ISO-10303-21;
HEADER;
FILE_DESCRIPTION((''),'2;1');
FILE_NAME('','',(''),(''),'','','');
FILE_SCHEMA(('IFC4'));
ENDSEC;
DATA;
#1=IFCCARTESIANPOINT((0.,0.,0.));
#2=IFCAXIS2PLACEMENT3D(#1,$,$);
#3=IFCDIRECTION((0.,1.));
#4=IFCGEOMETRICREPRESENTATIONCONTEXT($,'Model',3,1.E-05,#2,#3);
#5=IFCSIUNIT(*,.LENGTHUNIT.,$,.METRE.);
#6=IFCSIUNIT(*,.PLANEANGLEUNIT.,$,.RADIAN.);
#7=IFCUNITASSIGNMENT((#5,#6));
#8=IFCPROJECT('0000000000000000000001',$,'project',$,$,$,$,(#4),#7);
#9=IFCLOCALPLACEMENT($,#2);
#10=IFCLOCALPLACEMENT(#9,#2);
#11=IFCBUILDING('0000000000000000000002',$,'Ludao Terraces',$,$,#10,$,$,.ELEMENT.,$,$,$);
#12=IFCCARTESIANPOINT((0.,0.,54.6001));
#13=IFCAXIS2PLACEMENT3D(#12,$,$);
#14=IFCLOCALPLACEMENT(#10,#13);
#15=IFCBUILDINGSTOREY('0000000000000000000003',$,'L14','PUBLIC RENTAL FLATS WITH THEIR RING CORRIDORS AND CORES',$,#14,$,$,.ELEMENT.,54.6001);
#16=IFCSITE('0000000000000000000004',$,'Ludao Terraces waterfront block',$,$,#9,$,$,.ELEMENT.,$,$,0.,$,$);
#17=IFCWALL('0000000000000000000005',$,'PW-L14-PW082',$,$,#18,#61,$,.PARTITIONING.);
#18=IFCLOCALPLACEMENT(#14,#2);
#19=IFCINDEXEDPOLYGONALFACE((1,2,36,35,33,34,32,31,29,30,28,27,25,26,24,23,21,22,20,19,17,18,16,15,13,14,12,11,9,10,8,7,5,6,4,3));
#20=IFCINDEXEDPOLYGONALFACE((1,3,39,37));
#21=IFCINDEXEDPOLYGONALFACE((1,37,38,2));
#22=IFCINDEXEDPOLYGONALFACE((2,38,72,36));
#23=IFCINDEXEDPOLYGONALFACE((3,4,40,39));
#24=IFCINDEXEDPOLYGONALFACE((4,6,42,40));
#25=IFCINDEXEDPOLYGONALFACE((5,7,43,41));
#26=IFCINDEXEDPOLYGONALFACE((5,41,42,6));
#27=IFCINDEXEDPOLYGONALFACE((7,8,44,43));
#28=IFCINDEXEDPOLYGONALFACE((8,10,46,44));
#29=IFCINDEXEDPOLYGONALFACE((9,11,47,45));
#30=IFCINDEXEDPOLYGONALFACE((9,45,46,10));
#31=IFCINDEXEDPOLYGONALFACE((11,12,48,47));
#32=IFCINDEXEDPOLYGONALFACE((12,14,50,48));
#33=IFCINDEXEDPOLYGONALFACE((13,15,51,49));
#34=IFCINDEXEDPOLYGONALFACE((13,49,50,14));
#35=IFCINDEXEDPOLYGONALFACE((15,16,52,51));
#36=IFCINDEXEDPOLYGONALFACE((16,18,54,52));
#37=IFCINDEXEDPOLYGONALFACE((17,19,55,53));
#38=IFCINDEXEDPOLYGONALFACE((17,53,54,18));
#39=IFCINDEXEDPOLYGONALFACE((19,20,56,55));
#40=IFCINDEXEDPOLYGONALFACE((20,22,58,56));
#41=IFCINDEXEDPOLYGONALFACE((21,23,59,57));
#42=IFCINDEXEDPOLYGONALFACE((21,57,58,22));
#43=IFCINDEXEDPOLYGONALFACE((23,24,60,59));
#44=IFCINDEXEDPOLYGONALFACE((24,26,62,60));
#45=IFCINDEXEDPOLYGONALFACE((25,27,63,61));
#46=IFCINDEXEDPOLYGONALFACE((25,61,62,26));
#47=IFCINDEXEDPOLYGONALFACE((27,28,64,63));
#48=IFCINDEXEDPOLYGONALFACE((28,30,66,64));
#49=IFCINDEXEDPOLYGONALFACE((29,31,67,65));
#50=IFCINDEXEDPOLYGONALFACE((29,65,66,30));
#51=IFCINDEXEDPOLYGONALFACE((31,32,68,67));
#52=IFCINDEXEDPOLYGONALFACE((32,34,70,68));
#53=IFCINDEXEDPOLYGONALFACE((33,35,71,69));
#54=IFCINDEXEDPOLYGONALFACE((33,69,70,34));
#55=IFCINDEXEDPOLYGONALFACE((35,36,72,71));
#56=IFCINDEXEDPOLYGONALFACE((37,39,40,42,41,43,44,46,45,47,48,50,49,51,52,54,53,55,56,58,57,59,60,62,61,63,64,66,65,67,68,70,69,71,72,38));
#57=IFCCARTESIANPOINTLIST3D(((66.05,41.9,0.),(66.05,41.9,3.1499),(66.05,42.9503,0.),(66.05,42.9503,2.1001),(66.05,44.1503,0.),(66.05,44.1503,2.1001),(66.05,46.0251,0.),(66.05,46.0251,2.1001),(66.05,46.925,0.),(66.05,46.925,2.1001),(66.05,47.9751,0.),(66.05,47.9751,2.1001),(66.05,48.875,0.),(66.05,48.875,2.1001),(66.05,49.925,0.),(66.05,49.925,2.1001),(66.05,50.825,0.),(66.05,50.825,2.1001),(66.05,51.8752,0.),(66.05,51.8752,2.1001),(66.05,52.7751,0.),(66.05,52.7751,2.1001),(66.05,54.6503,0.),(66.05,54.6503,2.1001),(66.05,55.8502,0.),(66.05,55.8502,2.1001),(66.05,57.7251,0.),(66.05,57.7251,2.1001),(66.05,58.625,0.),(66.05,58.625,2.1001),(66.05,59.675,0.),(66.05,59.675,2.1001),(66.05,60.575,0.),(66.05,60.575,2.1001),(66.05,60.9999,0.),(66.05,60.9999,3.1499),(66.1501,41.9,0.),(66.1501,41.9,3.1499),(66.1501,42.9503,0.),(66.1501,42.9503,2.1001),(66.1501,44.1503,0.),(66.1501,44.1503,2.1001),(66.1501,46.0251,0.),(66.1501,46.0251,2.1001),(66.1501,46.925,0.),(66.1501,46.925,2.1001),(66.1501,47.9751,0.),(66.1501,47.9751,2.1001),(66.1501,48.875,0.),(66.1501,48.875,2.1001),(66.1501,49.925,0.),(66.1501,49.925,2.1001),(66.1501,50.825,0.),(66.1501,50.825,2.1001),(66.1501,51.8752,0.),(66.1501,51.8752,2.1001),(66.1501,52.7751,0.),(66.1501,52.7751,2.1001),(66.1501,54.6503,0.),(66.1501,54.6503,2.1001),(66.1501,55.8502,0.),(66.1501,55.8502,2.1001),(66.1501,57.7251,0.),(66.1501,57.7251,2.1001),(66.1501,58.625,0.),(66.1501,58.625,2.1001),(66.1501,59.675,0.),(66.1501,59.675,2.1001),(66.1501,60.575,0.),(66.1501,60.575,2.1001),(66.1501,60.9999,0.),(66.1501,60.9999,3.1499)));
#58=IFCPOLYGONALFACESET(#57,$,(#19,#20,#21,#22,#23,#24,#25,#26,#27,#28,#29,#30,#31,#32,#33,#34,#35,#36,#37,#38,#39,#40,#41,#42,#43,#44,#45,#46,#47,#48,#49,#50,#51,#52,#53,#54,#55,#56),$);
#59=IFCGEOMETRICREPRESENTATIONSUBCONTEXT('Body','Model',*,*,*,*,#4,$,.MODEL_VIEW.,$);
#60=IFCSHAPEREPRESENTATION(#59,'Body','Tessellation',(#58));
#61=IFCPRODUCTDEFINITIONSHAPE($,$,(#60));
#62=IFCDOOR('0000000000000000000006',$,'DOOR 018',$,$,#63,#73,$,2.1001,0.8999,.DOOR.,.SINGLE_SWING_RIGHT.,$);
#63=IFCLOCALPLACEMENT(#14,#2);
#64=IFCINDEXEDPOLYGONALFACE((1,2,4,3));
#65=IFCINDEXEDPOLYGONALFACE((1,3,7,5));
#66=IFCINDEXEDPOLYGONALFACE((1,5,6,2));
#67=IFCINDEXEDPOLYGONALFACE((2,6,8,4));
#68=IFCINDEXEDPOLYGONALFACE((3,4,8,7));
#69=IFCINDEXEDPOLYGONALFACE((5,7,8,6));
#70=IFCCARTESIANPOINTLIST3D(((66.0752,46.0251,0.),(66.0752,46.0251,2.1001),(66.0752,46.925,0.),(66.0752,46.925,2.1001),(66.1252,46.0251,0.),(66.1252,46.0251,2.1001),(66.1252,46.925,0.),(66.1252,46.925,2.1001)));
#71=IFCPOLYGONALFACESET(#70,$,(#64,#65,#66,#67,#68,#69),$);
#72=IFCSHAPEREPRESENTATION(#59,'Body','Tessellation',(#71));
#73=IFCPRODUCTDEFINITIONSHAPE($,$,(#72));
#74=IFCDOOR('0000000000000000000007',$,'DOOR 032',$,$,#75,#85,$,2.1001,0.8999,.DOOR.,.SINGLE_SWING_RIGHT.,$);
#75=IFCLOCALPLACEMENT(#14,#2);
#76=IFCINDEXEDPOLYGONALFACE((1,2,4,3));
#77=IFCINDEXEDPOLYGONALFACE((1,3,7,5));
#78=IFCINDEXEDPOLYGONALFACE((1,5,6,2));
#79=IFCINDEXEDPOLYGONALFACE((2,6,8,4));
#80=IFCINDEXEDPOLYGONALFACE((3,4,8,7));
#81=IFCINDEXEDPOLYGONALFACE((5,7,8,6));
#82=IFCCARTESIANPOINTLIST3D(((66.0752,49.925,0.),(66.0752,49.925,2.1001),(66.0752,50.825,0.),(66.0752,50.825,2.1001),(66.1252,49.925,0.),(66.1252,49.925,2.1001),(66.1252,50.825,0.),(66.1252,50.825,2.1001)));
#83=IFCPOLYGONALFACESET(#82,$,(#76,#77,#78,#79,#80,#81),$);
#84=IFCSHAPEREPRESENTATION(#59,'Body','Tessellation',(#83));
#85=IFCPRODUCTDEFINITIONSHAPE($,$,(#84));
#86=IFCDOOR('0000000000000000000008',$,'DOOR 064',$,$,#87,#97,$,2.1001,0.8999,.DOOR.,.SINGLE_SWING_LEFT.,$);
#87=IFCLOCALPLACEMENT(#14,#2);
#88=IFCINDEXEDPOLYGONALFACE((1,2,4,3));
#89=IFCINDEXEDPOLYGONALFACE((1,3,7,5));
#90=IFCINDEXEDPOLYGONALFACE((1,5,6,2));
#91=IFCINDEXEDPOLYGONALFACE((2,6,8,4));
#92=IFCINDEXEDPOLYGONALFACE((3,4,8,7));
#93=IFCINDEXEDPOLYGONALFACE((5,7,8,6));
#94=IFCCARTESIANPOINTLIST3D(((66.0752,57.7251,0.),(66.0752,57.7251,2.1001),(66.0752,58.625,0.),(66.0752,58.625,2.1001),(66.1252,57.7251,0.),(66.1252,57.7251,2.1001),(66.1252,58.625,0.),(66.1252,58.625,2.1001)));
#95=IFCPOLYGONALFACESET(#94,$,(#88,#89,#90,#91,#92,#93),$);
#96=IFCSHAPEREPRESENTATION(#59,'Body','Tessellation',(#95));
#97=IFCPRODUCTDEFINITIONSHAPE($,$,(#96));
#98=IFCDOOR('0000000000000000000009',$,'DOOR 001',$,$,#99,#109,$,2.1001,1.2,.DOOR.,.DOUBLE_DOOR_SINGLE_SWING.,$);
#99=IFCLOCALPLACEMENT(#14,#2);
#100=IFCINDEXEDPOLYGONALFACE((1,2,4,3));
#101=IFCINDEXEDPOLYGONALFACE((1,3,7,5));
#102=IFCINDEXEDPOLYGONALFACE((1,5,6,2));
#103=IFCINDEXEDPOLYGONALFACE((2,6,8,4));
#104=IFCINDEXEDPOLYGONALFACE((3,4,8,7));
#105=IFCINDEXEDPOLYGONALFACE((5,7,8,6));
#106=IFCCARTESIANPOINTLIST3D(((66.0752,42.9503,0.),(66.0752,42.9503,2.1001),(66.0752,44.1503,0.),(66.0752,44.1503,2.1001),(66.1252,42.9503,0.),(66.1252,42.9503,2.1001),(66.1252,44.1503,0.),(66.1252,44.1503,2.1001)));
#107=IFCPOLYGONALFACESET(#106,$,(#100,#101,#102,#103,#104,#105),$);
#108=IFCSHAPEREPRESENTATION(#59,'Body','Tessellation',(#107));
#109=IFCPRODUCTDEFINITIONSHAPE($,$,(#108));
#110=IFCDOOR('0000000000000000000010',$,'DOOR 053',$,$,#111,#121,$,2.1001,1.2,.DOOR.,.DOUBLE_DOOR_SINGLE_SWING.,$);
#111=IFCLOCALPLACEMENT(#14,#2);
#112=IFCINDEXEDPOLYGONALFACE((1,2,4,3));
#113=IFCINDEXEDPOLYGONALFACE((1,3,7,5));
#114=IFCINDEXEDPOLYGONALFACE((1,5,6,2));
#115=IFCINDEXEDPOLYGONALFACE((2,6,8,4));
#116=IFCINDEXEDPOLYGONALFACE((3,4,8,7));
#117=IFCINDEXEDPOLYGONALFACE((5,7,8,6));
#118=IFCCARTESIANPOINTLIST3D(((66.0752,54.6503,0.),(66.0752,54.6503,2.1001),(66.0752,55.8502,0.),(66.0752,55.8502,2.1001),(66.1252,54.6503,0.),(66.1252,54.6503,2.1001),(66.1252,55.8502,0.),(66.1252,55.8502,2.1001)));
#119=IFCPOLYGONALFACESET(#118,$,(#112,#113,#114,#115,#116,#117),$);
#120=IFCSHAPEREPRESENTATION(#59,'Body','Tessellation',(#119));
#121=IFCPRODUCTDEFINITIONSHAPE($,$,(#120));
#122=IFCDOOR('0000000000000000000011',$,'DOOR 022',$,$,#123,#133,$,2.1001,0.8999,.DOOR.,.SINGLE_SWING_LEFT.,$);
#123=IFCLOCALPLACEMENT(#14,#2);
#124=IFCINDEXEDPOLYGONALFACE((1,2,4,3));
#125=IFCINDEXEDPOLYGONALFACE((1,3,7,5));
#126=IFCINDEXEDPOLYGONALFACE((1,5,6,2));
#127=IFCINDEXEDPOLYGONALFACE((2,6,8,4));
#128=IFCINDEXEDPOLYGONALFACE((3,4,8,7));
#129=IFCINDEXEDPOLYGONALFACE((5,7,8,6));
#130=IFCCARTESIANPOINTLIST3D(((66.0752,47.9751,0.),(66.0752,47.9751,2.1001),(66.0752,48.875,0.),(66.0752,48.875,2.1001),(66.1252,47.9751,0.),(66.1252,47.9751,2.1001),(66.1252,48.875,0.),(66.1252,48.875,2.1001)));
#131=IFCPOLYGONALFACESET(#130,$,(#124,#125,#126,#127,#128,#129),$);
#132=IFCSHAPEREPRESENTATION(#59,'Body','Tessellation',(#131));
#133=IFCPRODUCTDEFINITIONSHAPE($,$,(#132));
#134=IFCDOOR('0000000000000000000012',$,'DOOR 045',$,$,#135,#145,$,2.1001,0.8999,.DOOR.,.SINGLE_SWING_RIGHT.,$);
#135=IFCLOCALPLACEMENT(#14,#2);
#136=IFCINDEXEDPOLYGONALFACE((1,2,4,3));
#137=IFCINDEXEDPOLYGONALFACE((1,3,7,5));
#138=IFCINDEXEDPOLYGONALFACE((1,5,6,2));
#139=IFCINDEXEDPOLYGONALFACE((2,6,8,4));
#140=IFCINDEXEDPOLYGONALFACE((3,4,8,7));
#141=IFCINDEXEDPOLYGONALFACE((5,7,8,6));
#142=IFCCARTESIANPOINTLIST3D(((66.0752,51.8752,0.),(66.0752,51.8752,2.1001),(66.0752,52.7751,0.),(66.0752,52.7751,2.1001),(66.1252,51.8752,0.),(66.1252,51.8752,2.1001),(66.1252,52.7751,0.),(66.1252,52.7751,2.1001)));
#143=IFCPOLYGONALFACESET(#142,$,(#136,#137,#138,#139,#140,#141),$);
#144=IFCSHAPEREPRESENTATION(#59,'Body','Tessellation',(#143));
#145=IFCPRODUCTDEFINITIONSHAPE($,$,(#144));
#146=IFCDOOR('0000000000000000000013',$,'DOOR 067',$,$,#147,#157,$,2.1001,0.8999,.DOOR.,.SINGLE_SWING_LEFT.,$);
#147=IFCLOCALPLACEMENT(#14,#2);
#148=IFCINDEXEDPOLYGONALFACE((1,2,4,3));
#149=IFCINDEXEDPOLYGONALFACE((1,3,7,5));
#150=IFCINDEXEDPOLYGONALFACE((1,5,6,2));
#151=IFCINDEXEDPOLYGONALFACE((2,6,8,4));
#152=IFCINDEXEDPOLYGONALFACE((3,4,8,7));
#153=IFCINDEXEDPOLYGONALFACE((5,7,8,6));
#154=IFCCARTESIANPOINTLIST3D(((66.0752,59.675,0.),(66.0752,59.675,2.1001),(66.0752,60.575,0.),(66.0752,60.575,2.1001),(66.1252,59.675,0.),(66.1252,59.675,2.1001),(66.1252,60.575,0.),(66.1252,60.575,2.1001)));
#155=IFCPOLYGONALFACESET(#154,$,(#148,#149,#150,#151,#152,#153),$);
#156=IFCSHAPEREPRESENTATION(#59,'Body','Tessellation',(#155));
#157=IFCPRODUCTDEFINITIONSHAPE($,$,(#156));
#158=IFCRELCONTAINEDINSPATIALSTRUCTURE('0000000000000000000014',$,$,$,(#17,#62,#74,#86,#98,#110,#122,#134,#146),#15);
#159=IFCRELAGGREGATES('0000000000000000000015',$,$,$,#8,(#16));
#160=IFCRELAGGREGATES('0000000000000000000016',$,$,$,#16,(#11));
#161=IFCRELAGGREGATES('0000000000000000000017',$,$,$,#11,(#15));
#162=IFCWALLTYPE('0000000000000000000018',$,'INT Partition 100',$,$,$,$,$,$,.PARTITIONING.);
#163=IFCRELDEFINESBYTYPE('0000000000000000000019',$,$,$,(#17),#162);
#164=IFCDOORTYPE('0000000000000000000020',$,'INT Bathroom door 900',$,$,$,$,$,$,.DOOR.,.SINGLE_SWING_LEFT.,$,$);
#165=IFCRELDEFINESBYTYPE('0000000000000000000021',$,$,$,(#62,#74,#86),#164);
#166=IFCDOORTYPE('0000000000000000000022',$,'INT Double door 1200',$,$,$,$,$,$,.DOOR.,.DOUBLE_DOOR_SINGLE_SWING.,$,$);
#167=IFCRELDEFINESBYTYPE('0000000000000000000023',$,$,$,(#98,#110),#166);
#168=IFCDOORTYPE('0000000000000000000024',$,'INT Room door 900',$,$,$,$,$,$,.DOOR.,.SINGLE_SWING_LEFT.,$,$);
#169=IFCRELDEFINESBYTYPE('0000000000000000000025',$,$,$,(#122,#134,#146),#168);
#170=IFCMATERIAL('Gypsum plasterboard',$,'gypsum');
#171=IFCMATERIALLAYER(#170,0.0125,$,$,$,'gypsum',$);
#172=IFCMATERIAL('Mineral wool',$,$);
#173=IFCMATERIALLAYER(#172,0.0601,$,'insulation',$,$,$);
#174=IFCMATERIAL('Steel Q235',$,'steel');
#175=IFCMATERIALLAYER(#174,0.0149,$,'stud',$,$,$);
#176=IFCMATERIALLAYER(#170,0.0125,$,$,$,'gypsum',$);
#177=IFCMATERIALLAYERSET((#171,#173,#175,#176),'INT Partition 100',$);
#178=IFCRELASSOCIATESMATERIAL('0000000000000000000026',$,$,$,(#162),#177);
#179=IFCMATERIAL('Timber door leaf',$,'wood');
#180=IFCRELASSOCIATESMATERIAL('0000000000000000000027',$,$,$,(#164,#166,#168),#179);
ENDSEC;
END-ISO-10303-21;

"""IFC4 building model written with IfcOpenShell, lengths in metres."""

from ifc_helpers import new_model, si_unit, direction, frame, frame_2d, origin, place, context, subcontext, project, spatial, rectangle, extrude, material, layer, layer_set, type_object, element, fill, save


model = new_model("IFC4")

# Units and contexts
model_context = context("Model", 3, precision=1e-05, world=origin(), true_north=direction((0.0, 1.0)))
body_context = subcontext(model_context, "Body", "Model", "MODEL_VIEW")
ifc_project = project(units=[si_unit("LENGTHUNIT", "METRE"), si_unit("PLANEANGLEUNIT", "RADIAN")], contexts=[model_context])

# Site, building, storey
site_placement = place(None, origin())
site = spatial("IfcSite", under=ifc_project, at=site_placement, Name="Ludao Terraces waterfront block", CompositionType="ELEMENT", RefElevation=0.0)
building_placement = place(site_placement, origin())
building = spatial("IfcBuilding", under=site, at=building_placement, Name="Ludao Terraces", CompositionType="ELEMENT")
storey_placement = place(building_placement, frame((0.0, 0.0, 54.6001)))
storey = spatial("IfcBuildingStorey", under=building, at=storey_placement, Name="L14", Description="PUBLIC RENTAL FLATS WITH THEIR RING CORRIDORS AND CORES", CompositionType="ELEMENT", Elevation=54.6001)

# Wall, openings, doors
ifc_material_1 = material(Name="Gypsum plasterboard", Category="gypsum")
ifc_layer_1 = layer(ifc_material_1, 0.0125, Category="gypsum")
ifc_material_2 = material(Name="Mineral wool")
ifc_layer_2 = layer(ifc_material_2, 0.0601, Name="insulation")
ifc_material_3 = material(Name="Steel Q235", Category="steel")
ifc_layer_3 = layer(ifc_material_3, 0.0149, Name="stud")
ifc_layer_4 = layer(ifc_material_1, 0.0125, Category="gypsum")
ifc_layer_set = layer_set([ifc_layer_1, ifc_layer_2, ifc_layer_3, ifc_layer_4], Name="INT Partition 100")
wall_type = type_object("IfcWallType", Name="INT Partition 100", PredefinedType="PARTITIONING", material=ifc_layer_set)
wall_1_placement = place(storey_placement, frame((66.1001, 41.9001, 0.0), z_axis=(0.0, 0.0, 1.0), x_axis=(0.0, 1.0, 0.0)))
wall_1 = element("IfcWall", 1, at=wall_1_placement, inside=storey, type_object=wall_type, Name="PW-L14-PW082", PredefinedType="PARTITIONING", context=body_context, shape_type="SweptSolid", body=[
    extrude(rectangle(XDim=19.0999, YDim=0.1001, at=frame_2d((9.5498, 0.0))), origin(), (0.0, 0.0, 1.0), 3.1499),
])
opening_1_placement = place(wall_1_placement, frame((1.05, 0.0, 0.0)))
opening_1 = element("IfcOpeningElement", 2, at=opening_1_placement, cuts=wall_1, PredefinedType="OPENING", context=body_context, shape_type="SweptSolid", body=[
    extrude(rectangle(XDim=1.2, YDim=2.1001, at=frame_2d((0.6001, 1.05))), frame((0.0, 0.0601, 0.0), z_axis=(0.0, -1.0, 0.0), x_axis=(1.0, 0.0, 0.0)), (0.0, 0.0, 1.0), 0.1201),
])
opening_2_placement = place(wall_1_placement, frame((4.125, 0.0, 0.0)))
opening_2 = element("IfcOpeningElement", 3, at=opening_2_placement, cuts=wall_1, PredefinedType="OPENING", context=body_context, shape_type="SweptSolid", body=[
    extrude(rectangle(XDim=0.8999, YDim=2.1001, at=frame_2d((0.45, 1.05))), frame((0.0, 0.0601, 0.0), z_axis=(0.0, -1.0, 0.0), x_axis=(1.0, 0.0, 0.0)), (0.0, 0.0, 1.0), 0.1201),
])
opening_3_placement = place(wall_1_placement, frame((6.075, 0.0, 0.0)))
opening_3 = element("IfcOpeningElement", 4, at=opening_3_placement, cuts=wall_1, PredefinedType="OPENING", context=body_context, shape_type="SweptSolid", body=[
    extrude(rectangle(XDim=0.8999, YDim=2.1001, at=frame_2d((0.45, 1.05))), frame((0.0, 0.0601, 0.0), z_axis=(0.0, -1.0, 0.0), x_axis=(1.0, 0.0, 0.0)), (0.0, 0.0, 1.0), 0.1201),
])
opening_4_placement = place(wall_1_placement, frame((8.0249, 0.0, 0.0)))
opening_4 = element("IfcOpeningElement", 5, at=opening_4_placement, cuts=wall_1, PredefinedType="OPENING", context=body_context, shape_type="SweptSolid", body=[
    extrude(rectangle(XDim=0.8999, YDim=2.1001, at=frame_2d((0.45, 1.05))), frame((0.0, 0.0601, 0.0), z_axis=(0.0, -1.0, 0.0), x_axis=(1.0, 0.0, 0.0)), (0.0, 0.0, 1.0), 0.1201),
])
opening_5_placement = place(wall_1_placement, frame((9.9751, 0.0, 0.0)))
opening_5 = element("IfcOpeningElement", 6, at=opening_5_placement, cuts=wall_1, PredefinedType="OPENING", context=body_context, shape_type="SweptSolid", body=[
    extrude(rectangle(XDim=0.8999, YDim=2.1001, at=frame_2d((0.45, 1.05))), frame((0.0, 0.0601, 0.0), z_axis=(0.0, -1.0, 0.0), x_axis=(1.0, 0.0, 0.0)), (0.0, 0.0, 1.0), 0.1201),
])
opening_6_placement = place(wall_1_placement, frame((12.75, 0.0, 0.0)))
opening_6 = element("IfcOpeningElement", 7, at=opening_6_placement, cuts=wall_1, PredefinedType="OPENING", context=body_context, shape_type="SweptSolid", body=[
    extrude(rectangle(XDim=1.2, YDim=2.1001, at=frame_2d((0.6001, 1.05))), frame((0.0, 0.0601, 0.0), z_axis=(0.0, -1.0, 0.0), x_axis=(1.0, 0.0, 0.0)), (0.0, 0.0, 1.0), 0.1201),
])
opening_7_placement = place(wall_1_placement, frame((15.825, 0.0, 0.0)))
opening_7 = element("IfcOpeningElement", 8, at=opening_7_placement, cuts=wall_1, PredefinedType="OPENING", context=body_context, shape_type="SweptSolid", body=[
    extrude(rectangle(XDim=0.8999, YDim=2.1001, at=frame_2d((0.45, 1.05))), frame((0.0, 0.0601, 0.0), z_axis=(0.0, -1.0, 0.0), x_axis=(1.0, 0.0, 0.0)), (0.0, 0.0, 1.0), 0.1201),
])
opening_8_placement = place(wall_1_placement, frame((17.7749, 0.0, 0.0)))
opening_8 = element("IfcOpeningElement", 9, at=opening_8_placement, cuts=wall_1, PredefinedType="OPENING", context=body_context, shape_type="SweptSolid", body=[
    extrude(rectangle(XDim=0.8999, YDim=2.1001, at=frame_2d((0.45, 1.05))), frame((0.0, 0.0601, 0.0), z_axis=(0.0, -1.0, 0.0), x_axis=(1.0, 0.0, 0.0)), (0.0, 0.0, 1.0), 0.1201),
])
ifc_material_4 = material(Name="Timber door leaf", Category="wood")
door_type_1 = type_object("IfcDoorType", Name="INT Bathroom door 900", OperationType="SINGLE_SWING_LEFT", PredefinedType="DOOR", material=ifc_material_4)
door_1_placement = place(opening_2_placement, origin())
door_1 = element("IfcDoor", 10, at=door_1_placement, inside=storey, type_object=door_type_1, Name="DOOR 018", OperationType="SINGLE_SWING_RIGHT", OverallHeight=2.1001, OverallWidth=0.8999, PredefinedType="DOOR", context=body_context, shape_type="SweptSolid", body=[
    extrude(rectangle(XDim=0.8999, YDim=2.1001, at=frame_2d((0.45, 1.05))), frame((0.0, 0.0249, 0.0), z_axis=(0.0, -1.0, 0.0), x_axis=(1.0, 0.0, 0.0)), (0.0, 0.0, 1.0), 0.05),
])
fill(opening_2, door_1)
door_2_placement = place(opening_4_placement, origin())
door_2 = element("IfcDoor", 11, at=door_2_placement, inside=storey, type_object=door_type_1, Name="DOOR 032", OperationType="SINGLE_SWING_RIGHT", OverallHeight=2.1001, OverallWidth=0.8999, PredefinedType="DOOR", context=body_context, shape_type="SweptSolid", body=[
    extrude(rectangle(XDim=0.8999, YDim=2.1001, at=frame_2d((0.45, 1.05))), frame((0.0, 0.0249, 0.0), z_axis=(0.0, -1.0, 0.0), x_axis=(1.0, 0.0, 0.0)), (0.0, 0.0, 1.0), 0.05),
])
fill(opening_4, door_2)
door_3_placement = place(opening_7_placement, origin())
door_3 = element("IfcDoor", 12, at=door_3_placement, inside=storey, type_object=door_type_1, Name="DOOR 064", OperationType="SINGLE_SWING_LEFT", OverallHeight=2.1001, OverallWidth=0.8999, PredefinedType="DOOR", context=body_context, shape_type="SweptSolid", body=[
    extrude(rectangle(XDim=0.8999, YDim=2.1001, at=frame_2d((0.45, 1.05))), frame((0.0, 0.0249, 0.0), z_axis=(0.0, -1.0, 0.0), x_axis=(1.0, 0.0, 0.0)), (0.0, 0.0, 1.0), 0.05),
])
fill(opening_7, door_3)
door_type_2 = type_object("IfcDoorType", Name="INT Double door 1200", OperationType="DOUBLE_DOOR_SINGLE_SWING", PredefinedType="DOOR", material=ifc_material_4)
door_4_placement = place(opening_1_placement, origin())
door_4 = element("IfcDoor", 13, at=door_4_placement, inside=storey, type_object=door_type_2, Name="DOOR 001", OperationType="DOUBLE_DOOR_SINGLE_SWING", OverallHeight=2.1001, OverallWidth=1.2, PredefinedType="DOOR", context=body_context, shape_type="SweptSolid", body=[
    extrude(rectangle(XDim=1.2, YDim=2.1001, at=frame_2d((0.6001, 1.05))), frame((0.0, 0.0249, 0.0), z_axis=(0.0, -1.0, 0.0), x_axis=(1.0, 0.0, 0.0)), (0.0, 0.0, 1.0), 0.05),
])
fill(opening_1, door_4)
door_5_placement = place(opening_6_placement, origin())
door_5 = element("IfcDoor", 14, at=door_5_placement, inside=storey, type_object=door_type_2, Name="DOOR 053", OperationType="DOUBLE_DOOR_SINGLE_SWING", OverallHeight=2.1001, OverallWidth=1.2, PredefinedType="DOOR", context=body_context, shape_type="SweptSolid", body=[
    extrude(rectangle(XDim=1.2, YDim=2.1001, at=frame_2d((0.6001, 1.05))), frame((0.0, 0.0249, 0.0), z_axis=(0.0, -1.0, 0.0), x_axis=(1.0, 0.0, 0.0)), (0.0, 0.0, 1.0), 0.05),
])
fill(opening_6, door_5)
door_type_3 = type_object("IfcDoorType", Name="INT Room door 900", OperationType="SINGLE_SWING_LEFT", PredefinedType="DOOR", material=ifc_material_4)
door_6_placement = place(opening_3_placement, origin())
door_6 = element("IfcDoor", 15, at=door_6_placement, inside=storey, type_object=door_type_3, Name="DOOR 022", OperationType="SINGLE_SWING_LEFT", OverallHeight=2.1001, OverallWidth=0.8999, PredefinedType="DOOR", context=body_context, shape_type="SweptSolid", body=[
    extrude(rectangle(XDim=0.8999, YDim=2.1001, at=frame_2d((0.45, 1.05))), frame((0.0, 0.0249, 0.0), z_axis=(0.0, -1.0, 0.0), x_axis=(1.0, 0.0, 0.0)), (0.0, 0.0, 1.0), 0.05),
])
fill(opening_3, door_6)
door_7_placement = place(opening_5_placement, origin())
door_7 = element("IfcDoor", 16, at=door_7_placement, inside=storey, type_object=door_type_3, Name="DOOR 045", OperationType="SINGLE_SWING_RIGHT", OverallHeight=2.1001, OverallWidth=0.8999, PredefinedType="DOOR", context=body_context, shape_type="SweptSolid", body=[
    extrude(rectangle(XDim=0.8999, YDim=2.1001, at=frame_2d((0.45, 1.05))), frame((0.0, 0.0249, 0.0), z_axis=(0.0, -1.0, 0.0), x_axis=(1.0, 0.0, 0.0)), (0.0, 0.0, 1.0), 0.05),
])
fill(opening_5, door_7)
door_8_placement = place(opening_8_placement, origin())
door_8 = element("IfcDoor", 17, at=door_8_placement, inside=storey, type_object=door_type_3, Name="DOOR 067", OperationType="SINGLE_SWING_LEFT", OverallHeight=2.1001, OverallWidth=0.8999, PredefinedType="DOOR", context=body_context, shape_type="SweptSolid", body=[
    extrude(rectangle(XDim=0.8999, YDim=2.1001, at=frame_2d((0.45, 1.05))), frame((0.0, 0.0249, 0.0), z_axis=(0.0, -1.0, 0.0), x_axis=(1.0, 0.0, 0.0)), (0.0, 0.0, 1.0), 0.05),
])
fill(opening_8, door_8)

save(model, "model.ifc")
